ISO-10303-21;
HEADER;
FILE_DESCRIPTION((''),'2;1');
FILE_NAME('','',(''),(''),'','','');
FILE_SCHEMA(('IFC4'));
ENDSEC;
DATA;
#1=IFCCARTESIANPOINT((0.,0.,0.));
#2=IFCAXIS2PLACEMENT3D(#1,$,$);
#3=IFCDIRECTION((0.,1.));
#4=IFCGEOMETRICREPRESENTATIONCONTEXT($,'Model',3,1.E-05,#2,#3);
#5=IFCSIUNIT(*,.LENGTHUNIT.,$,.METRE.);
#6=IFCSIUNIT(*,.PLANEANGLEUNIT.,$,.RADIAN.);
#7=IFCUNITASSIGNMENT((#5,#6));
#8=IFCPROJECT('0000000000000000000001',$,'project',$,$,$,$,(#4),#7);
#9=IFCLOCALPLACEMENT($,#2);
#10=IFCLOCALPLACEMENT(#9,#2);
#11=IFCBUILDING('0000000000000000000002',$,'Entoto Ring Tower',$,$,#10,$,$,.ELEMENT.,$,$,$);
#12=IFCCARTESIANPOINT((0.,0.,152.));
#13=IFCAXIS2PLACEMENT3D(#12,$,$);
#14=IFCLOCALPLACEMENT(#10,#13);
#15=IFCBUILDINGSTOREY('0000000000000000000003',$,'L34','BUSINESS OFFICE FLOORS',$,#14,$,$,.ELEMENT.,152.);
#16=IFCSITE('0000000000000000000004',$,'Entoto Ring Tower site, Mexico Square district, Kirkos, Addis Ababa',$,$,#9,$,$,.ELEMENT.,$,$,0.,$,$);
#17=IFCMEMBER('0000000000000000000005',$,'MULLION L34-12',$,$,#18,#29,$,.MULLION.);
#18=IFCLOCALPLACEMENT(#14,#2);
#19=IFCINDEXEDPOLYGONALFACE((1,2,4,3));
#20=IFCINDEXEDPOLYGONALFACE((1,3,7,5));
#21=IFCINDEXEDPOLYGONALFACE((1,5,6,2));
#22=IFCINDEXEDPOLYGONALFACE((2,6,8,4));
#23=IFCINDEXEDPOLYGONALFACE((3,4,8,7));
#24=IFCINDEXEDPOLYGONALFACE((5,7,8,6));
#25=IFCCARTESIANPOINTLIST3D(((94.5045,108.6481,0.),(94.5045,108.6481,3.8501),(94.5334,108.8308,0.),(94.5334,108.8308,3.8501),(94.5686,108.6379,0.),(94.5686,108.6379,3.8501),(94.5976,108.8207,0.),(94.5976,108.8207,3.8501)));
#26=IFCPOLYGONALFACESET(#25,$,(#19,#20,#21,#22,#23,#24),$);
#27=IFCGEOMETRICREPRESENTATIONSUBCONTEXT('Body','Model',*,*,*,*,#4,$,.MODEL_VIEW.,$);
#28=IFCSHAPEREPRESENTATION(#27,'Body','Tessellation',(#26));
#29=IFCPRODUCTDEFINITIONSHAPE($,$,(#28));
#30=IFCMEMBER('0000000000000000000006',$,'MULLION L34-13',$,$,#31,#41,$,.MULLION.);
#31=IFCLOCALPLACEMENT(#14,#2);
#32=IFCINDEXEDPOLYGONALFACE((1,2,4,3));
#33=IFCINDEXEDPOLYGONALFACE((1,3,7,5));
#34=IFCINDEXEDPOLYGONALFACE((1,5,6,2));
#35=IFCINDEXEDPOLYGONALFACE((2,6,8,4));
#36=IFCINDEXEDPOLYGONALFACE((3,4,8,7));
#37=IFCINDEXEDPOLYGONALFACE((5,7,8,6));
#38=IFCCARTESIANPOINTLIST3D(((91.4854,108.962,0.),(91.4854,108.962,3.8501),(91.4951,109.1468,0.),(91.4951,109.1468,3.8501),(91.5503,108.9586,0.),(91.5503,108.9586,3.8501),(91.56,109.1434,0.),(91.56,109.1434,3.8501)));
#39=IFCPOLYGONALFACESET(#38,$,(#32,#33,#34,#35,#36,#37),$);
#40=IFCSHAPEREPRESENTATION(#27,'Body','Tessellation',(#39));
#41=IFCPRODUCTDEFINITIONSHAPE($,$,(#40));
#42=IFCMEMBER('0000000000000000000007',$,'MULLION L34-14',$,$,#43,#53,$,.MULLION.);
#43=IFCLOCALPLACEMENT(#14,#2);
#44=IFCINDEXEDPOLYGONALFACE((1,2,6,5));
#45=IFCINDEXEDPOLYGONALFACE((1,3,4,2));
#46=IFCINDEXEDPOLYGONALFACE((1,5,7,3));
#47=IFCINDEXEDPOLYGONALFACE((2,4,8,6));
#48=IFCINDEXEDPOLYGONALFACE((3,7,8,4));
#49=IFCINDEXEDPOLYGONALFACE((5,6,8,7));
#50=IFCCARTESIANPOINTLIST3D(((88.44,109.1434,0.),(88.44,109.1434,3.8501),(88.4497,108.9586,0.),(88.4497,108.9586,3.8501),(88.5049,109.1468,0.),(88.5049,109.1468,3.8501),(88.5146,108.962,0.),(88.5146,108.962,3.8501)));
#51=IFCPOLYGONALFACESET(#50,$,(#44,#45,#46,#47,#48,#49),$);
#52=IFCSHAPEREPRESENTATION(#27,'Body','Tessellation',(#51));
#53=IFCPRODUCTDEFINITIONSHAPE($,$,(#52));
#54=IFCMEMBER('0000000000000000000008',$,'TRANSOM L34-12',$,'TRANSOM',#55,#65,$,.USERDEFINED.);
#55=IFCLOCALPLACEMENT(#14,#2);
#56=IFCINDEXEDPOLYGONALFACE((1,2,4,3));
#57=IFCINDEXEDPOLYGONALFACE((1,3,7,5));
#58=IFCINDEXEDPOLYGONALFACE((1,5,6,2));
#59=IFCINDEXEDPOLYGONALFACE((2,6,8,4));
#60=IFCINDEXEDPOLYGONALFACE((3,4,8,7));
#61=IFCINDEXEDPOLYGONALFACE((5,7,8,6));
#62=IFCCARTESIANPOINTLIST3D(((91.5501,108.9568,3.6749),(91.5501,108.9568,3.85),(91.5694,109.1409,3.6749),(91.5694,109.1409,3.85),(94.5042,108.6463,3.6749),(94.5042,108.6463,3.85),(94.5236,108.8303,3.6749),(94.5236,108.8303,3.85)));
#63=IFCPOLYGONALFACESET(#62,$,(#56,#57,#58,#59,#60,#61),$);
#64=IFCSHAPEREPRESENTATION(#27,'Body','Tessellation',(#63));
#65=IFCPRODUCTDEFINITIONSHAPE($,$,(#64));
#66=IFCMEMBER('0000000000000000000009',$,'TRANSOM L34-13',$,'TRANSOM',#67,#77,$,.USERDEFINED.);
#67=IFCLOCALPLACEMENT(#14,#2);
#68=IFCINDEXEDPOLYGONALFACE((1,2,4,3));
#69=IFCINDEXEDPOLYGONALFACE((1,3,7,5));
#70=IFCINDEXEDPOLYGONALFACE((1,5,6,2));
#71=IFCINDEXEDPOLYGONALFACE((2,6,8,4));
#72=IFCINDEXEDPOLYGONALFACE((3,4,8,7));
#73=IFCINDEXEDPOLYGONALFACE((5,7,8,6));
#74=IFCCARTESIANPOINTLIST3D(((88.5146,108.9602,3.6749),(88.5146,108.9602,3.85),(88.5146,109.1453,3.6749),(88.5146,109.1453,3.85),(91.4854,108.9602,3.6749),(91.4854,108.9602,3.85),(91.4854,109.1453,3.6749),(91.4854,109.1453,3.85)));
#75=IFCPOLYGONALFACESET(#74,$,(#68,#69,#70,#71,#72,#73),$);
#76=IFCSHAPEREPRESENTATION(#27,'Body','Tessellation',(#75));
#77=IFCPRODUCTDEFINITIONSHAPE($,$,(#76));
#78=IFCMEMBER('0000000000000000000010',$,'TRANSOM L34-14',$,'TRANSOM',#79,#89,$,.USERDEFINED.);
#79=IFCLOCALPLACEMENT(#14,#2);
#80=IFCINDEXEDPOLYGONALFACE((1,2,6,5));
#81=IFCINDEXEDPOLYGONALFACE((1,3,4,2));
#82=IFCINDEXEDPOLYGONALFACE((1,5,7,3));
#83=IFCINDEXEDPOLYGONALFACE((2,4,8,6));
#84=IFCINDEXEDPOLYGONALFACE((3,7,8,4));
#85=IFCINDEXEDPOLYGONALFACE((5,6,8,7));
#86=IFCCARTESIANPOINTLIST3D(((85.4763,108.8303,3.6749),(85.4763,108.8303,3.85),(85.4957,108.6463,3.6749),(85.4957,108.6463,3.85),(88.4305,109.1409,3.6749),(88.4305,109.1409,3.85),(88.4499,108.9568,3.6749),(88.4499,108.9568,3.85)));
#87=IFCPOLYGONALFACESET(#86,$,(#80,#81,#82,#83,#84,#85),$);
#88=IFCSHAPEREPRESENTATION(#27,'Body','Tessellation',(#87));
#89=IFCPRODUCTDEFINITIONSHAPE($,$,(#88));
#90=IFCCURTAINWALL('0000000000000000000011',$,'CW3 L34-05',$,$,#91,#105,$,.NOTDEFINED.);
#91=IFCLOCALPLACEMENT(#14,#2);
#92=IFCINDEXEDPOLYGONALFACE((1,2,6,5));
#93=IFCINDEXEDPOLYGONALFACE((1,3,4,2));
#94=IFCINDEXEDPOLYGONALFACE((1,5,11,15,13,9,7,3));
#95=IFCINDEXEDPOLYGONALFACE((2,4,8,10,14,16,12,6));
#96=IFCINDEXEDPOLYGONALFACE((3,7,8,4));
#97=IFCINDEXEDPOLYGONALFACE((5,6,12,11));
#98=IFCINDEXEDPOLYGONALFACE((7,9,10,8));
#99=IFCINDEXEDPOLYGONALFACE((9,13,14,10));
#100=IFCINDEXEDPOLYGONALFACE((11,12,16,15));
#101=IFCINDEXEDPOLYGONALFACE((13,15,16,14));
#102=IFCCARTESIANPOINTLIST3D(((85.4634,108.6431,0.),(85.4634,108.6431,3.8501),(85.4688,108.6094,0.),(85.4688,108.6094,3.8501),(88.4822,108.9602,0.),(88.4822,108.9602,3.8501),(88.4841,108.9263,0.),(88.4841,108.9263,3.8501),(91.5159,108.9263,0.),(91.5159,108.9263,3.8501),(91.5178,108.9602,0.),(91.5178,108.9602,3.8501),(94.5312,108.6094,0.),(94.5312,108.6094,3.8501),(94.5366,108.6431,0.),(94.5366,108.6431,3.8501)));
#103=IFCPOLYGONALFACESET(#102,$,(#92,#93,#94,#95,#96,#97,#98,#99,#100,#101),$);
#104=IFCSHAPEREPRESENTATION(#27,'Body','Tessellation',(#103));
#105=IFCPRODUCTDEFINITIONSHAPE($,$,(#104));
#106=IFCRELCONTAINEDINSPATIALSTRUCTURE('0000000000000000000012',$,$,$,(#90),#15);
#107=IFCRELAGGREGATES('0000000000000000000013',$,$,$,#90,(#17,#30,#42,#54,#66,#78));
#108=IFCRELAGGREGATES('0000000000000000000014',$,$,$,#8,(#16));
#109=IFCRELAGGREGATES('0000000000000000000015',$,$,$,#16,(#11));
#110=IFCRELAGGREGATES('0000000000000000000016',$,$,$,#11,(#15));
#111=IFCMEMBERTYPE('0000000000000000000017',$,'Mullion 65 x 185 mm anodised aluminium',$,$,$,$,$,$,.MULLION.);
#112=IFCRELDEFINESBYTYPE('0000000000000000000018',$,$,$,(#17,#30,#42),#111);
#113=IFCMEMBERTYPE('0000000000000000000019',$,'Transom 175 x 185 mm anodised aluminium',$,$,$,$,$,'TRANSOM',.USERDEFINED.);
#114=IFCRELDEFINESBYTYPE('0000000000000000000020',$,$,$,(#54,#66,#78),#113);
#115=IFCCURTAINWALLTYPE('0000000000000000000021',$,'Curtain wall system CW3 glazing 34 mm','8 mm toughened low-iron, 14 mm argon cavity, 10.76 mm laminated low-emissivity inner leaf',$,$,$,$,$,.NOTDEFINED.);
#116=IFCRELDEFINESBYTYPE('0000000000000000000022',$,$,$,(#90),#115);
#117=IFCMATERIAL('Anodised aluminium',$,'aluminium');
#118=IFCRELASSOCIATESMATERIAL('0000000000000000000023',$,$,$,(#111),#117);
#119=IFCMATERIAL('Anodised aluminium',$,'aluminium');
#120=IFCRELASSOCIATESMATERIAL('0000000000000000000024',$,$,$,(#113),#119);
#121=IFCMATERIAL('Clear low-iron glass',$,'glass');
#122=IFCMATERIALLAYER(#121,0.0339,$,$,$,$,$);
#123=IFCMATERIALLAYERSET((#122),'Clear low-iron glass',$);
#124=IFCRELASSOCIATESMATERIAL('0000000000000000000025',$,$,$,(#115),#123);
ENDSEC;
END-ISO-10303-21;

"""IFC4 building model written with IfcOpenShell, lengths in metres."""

from ifc_helpers import new_model, si_unit, direction, frame, origin, origin_2d, place, context, subcontext, project, spatial, polyline, rectangle, outline, extrude, material, layer, layer_set, material_profile, profile_set, type_object, element, aggregate, save


model = new_model("IFC4")

# Units and contexts
model_context = context("Model", 3, precision=1e-05, world=origin(), true_north=direction((0.0, 1.0)))
body_context = subcontext(model_context, "Body", "Model", "MODEL_VIEW")
ifc_project = project(units=[si_unit("LENGTHUNIT", "METRE"), si_unit("PLANEANGLEUNIT", "RADIAN")], contexts=[model_context])

# Members
ifc_material_1 = material(Name="Anodised aluminium", Category="aluminium")
ifc_material_profile_1 = material_profile(ifc_material_1, rectangle(XDim=0.0649, YDim=0.1851, at=origin_2d()), Name="Mullion 65 x 185 mm anodised aluminium")
ifc_profile_set_1 = profile_set([ifc_material_profile_1], Name="Anodised aluminium")
member_type_1 = type_object("IfcMemberType", Name="Mullion 65 x 185 mm anodised aluminium", PredefinedType="MULLION", material=ifc_profile_set_1)
site_placement = place(None, origin())
building_placement = place(site_placement, origin())
storey_placement = place(building_placement, frame((0.0, 0.0, 152.0)))
member_1_placement = place(storey_placement, frame((94.551, 108.7344, 0.0), z_axis=(0.0, 0.0, 1.0), x_axis=(-0.987688, 0.156434, 0.0)))
member_1 = element("IfcMember", 1, at=member_1_placement, type_object=member_type_1, Name="MULLION L34-12", PredefinedType="MULLION", context=body_context, shape_type="SweptSolid", body=[
    extrude(rectangle(XDim=0.0649, YDim=0.1851, at=origin_2d()), origin(), (0.0, 0.0, 1.0), 3.8501),
])
member_2_placement = place(storey_placement, frame((91.5227, 109.0527, 0.0), z_axis=(0.0, 0.0, 1.0), x_axis=(-0.99863, 0.052336, 0.0)))
member_2 = element("IfcMember", 2, at=member_2_placement, type_object=member_type_1, Name="MULLION L34-13", PredefinedType="MULLION", context=body_context, shape_type="SweptSolid", body=[
    extrude(rectangle(XDim=0.0649, YDim=0.1851, at=origin_2d()), origin(), (0.0, 0.0, 1.0), 3.8501),
])
member_3_placement = place(storey_placement, frame((88.4773, 109.0527, 0.0), z_axis=(0.0, 0.0, 1.0), x_axis=(-0.99863, -0.052336, 0.0)))
member_3 = element("IfcMember", 3, at=member_3_placement, type_object=member_type_1, Name="MULLION L34-14", PredefinedType="MULLION", context=body_context, shape_type="SweptSolid", body=[
    extrude(rectangle(XDim=0.0649, YDim=0.1851, at=origin_2d()), origin(), (0.0, 0.0, 1.0), 3.8501),
])
ifc_material_2 = material(Name="Anodised aluminium", Category="aluminium")
ifc_material_profile_2 = material_profile(ifc_material_2, rectangle(XDim=0.1851, YDim=0.175, at=origin_2d()), Name="Transom 175 x 185 mm anodised aluminium")
ifc_profile_set_2 = profile_set([ifc_material_profile_2], Name="Anodised aluminium")
member_type_2 = type_object("IfcMemberType", Name="Transom 175 x 185 mm anodised aluminium", ElementType="TRANSOM", PredefinedType="USERDEFINED", material=ifc_profile_set_2)
member_4_placement = place(storey_placement, frame((94.5139, 108.7383, 3.7625), z_axis=(-0.99452, 0.104548, 0.0), x_axis=(-0.104548, -0.99452, 0.0)))
member_4 = element("IfcMember", 4, at=member_4_placement, type_object=member_type_2, Name="TRANSOM L34-12", ObjectType="TRANSOM", PredefinedType="USERDEFINED", context=body_context, shape_type="SweptSolid", body=[
    extrude(rectangle(XDim=0.1851, YDim=0.175, at=origin_2d()), origin(), (0.0, 0.0, 1.0), 2.9705),
])
member_5_placement = place(storey_placement, frame((91.4854, 109.0527, 3.7625), z_axis=(-1.0, 0.0, 0.0), x_axis=(0.0, -1.0, 0.0)))
member_5 = element("IfcMember", 5, at=member_5_placement, type_object=member_type_2, Name="TRANSOM L34-13", ObjectType="TRANSOM", PredefinedType="USERDEFINED", context=body_context, shape_type="SweptSolid", body=[
    extrude(rectangle(XDim=0.1851, YDim=0.175, at=origin_2d()), origin(), (0.0, 0.0, 1.0), 2.9707),
])
member_6_placement = place(storey_placement, frame((88.4402, 109.0488, 3.7625), z_axis=(-0.99452, -0.104548, 0.0), x_axis=(0.104548, -0.99452, 0.0)))
member_6 = element("IfcMember", 6, at=member_6_placement, type_object=member_type_2, Name="TRANSOM L34-14", ObjectType="TRANSOM", PredefinedType="USERDEFINED", context=body_context, shape_type="SweptSolid", body=[
    extrude(rectangle(XDim=0.1851, YDim=0.175, at=origin_2d()), origin(), (0.0, 0.0, 1.0), 2.9705),
])

# Site, building, storey
site = spatial("IfcSite", under=ifc_project, at=site_placement, Name="Entoto Ring Tower site, Mexico Square district, Kirkos, Addis Ababa", CompositionType="ELEMENT", RefElevation=0.0)
building = spatial("IfcBuilding", under=site, at=building_placement, Name="Entoto Ring Tower", CompositionType="ELEMENT")
storey = spatial("IfcBuildingStorey", under=building, at=storey_placement, Name="L34", Description="BUSINESS OFFICE FLOORS", CompositionType="ELEMENT", Elevation=152.0)

# Curtain wall
ifc_material_3 = material(Name="Clear low-iron glass", Category="glass")
ifc_layer = layer(ifc_material_3, 0.0339)
ifc_layer_set = layer_set([ifc_layer], Name="Clear low-iron glass")
curtain_wall_type = type_object("IfcCurtainWallType", Name="Curtain wall system CW3 glazing 34 mm", Description="8 mm toughened low-iron, 14 mm argon cavity, 10.76 mm laminated low-emissivity inner leaf", PredefinedType="NOTDEFINED", material=ifc_layer_set)
curtain_wall_1_placement = place(storey_placement, origin())
curtain_wall_1 = element("IfcCurtainWall", 7, at=curtain_wall_1_placement, inside=storey, type_object=curtain_wall_type, Name="CW3 L34-05", PredefinedType="NOTDEFINED", context=body_context, shape_type="SweptSolid", body=[
    extrude(outline(polyline([(94.5366, 108.6431), (91.5178, 108.9602), (88.4822, 108.9602), (85.4634, 108.6431), (85.4688, 108.6094), (88.4841, 108.9263), (91.5159, 108.9263), (94.5312, 108.6094), (94.5366, 108.6431)])), origin(), (0.0, 0.0, 1.0), 3.8501),
])
aggregate(curtain_wall_1, [member_1, member_2, member_3, member_4, member_5, member_6])

save(model, "model.ifc")
